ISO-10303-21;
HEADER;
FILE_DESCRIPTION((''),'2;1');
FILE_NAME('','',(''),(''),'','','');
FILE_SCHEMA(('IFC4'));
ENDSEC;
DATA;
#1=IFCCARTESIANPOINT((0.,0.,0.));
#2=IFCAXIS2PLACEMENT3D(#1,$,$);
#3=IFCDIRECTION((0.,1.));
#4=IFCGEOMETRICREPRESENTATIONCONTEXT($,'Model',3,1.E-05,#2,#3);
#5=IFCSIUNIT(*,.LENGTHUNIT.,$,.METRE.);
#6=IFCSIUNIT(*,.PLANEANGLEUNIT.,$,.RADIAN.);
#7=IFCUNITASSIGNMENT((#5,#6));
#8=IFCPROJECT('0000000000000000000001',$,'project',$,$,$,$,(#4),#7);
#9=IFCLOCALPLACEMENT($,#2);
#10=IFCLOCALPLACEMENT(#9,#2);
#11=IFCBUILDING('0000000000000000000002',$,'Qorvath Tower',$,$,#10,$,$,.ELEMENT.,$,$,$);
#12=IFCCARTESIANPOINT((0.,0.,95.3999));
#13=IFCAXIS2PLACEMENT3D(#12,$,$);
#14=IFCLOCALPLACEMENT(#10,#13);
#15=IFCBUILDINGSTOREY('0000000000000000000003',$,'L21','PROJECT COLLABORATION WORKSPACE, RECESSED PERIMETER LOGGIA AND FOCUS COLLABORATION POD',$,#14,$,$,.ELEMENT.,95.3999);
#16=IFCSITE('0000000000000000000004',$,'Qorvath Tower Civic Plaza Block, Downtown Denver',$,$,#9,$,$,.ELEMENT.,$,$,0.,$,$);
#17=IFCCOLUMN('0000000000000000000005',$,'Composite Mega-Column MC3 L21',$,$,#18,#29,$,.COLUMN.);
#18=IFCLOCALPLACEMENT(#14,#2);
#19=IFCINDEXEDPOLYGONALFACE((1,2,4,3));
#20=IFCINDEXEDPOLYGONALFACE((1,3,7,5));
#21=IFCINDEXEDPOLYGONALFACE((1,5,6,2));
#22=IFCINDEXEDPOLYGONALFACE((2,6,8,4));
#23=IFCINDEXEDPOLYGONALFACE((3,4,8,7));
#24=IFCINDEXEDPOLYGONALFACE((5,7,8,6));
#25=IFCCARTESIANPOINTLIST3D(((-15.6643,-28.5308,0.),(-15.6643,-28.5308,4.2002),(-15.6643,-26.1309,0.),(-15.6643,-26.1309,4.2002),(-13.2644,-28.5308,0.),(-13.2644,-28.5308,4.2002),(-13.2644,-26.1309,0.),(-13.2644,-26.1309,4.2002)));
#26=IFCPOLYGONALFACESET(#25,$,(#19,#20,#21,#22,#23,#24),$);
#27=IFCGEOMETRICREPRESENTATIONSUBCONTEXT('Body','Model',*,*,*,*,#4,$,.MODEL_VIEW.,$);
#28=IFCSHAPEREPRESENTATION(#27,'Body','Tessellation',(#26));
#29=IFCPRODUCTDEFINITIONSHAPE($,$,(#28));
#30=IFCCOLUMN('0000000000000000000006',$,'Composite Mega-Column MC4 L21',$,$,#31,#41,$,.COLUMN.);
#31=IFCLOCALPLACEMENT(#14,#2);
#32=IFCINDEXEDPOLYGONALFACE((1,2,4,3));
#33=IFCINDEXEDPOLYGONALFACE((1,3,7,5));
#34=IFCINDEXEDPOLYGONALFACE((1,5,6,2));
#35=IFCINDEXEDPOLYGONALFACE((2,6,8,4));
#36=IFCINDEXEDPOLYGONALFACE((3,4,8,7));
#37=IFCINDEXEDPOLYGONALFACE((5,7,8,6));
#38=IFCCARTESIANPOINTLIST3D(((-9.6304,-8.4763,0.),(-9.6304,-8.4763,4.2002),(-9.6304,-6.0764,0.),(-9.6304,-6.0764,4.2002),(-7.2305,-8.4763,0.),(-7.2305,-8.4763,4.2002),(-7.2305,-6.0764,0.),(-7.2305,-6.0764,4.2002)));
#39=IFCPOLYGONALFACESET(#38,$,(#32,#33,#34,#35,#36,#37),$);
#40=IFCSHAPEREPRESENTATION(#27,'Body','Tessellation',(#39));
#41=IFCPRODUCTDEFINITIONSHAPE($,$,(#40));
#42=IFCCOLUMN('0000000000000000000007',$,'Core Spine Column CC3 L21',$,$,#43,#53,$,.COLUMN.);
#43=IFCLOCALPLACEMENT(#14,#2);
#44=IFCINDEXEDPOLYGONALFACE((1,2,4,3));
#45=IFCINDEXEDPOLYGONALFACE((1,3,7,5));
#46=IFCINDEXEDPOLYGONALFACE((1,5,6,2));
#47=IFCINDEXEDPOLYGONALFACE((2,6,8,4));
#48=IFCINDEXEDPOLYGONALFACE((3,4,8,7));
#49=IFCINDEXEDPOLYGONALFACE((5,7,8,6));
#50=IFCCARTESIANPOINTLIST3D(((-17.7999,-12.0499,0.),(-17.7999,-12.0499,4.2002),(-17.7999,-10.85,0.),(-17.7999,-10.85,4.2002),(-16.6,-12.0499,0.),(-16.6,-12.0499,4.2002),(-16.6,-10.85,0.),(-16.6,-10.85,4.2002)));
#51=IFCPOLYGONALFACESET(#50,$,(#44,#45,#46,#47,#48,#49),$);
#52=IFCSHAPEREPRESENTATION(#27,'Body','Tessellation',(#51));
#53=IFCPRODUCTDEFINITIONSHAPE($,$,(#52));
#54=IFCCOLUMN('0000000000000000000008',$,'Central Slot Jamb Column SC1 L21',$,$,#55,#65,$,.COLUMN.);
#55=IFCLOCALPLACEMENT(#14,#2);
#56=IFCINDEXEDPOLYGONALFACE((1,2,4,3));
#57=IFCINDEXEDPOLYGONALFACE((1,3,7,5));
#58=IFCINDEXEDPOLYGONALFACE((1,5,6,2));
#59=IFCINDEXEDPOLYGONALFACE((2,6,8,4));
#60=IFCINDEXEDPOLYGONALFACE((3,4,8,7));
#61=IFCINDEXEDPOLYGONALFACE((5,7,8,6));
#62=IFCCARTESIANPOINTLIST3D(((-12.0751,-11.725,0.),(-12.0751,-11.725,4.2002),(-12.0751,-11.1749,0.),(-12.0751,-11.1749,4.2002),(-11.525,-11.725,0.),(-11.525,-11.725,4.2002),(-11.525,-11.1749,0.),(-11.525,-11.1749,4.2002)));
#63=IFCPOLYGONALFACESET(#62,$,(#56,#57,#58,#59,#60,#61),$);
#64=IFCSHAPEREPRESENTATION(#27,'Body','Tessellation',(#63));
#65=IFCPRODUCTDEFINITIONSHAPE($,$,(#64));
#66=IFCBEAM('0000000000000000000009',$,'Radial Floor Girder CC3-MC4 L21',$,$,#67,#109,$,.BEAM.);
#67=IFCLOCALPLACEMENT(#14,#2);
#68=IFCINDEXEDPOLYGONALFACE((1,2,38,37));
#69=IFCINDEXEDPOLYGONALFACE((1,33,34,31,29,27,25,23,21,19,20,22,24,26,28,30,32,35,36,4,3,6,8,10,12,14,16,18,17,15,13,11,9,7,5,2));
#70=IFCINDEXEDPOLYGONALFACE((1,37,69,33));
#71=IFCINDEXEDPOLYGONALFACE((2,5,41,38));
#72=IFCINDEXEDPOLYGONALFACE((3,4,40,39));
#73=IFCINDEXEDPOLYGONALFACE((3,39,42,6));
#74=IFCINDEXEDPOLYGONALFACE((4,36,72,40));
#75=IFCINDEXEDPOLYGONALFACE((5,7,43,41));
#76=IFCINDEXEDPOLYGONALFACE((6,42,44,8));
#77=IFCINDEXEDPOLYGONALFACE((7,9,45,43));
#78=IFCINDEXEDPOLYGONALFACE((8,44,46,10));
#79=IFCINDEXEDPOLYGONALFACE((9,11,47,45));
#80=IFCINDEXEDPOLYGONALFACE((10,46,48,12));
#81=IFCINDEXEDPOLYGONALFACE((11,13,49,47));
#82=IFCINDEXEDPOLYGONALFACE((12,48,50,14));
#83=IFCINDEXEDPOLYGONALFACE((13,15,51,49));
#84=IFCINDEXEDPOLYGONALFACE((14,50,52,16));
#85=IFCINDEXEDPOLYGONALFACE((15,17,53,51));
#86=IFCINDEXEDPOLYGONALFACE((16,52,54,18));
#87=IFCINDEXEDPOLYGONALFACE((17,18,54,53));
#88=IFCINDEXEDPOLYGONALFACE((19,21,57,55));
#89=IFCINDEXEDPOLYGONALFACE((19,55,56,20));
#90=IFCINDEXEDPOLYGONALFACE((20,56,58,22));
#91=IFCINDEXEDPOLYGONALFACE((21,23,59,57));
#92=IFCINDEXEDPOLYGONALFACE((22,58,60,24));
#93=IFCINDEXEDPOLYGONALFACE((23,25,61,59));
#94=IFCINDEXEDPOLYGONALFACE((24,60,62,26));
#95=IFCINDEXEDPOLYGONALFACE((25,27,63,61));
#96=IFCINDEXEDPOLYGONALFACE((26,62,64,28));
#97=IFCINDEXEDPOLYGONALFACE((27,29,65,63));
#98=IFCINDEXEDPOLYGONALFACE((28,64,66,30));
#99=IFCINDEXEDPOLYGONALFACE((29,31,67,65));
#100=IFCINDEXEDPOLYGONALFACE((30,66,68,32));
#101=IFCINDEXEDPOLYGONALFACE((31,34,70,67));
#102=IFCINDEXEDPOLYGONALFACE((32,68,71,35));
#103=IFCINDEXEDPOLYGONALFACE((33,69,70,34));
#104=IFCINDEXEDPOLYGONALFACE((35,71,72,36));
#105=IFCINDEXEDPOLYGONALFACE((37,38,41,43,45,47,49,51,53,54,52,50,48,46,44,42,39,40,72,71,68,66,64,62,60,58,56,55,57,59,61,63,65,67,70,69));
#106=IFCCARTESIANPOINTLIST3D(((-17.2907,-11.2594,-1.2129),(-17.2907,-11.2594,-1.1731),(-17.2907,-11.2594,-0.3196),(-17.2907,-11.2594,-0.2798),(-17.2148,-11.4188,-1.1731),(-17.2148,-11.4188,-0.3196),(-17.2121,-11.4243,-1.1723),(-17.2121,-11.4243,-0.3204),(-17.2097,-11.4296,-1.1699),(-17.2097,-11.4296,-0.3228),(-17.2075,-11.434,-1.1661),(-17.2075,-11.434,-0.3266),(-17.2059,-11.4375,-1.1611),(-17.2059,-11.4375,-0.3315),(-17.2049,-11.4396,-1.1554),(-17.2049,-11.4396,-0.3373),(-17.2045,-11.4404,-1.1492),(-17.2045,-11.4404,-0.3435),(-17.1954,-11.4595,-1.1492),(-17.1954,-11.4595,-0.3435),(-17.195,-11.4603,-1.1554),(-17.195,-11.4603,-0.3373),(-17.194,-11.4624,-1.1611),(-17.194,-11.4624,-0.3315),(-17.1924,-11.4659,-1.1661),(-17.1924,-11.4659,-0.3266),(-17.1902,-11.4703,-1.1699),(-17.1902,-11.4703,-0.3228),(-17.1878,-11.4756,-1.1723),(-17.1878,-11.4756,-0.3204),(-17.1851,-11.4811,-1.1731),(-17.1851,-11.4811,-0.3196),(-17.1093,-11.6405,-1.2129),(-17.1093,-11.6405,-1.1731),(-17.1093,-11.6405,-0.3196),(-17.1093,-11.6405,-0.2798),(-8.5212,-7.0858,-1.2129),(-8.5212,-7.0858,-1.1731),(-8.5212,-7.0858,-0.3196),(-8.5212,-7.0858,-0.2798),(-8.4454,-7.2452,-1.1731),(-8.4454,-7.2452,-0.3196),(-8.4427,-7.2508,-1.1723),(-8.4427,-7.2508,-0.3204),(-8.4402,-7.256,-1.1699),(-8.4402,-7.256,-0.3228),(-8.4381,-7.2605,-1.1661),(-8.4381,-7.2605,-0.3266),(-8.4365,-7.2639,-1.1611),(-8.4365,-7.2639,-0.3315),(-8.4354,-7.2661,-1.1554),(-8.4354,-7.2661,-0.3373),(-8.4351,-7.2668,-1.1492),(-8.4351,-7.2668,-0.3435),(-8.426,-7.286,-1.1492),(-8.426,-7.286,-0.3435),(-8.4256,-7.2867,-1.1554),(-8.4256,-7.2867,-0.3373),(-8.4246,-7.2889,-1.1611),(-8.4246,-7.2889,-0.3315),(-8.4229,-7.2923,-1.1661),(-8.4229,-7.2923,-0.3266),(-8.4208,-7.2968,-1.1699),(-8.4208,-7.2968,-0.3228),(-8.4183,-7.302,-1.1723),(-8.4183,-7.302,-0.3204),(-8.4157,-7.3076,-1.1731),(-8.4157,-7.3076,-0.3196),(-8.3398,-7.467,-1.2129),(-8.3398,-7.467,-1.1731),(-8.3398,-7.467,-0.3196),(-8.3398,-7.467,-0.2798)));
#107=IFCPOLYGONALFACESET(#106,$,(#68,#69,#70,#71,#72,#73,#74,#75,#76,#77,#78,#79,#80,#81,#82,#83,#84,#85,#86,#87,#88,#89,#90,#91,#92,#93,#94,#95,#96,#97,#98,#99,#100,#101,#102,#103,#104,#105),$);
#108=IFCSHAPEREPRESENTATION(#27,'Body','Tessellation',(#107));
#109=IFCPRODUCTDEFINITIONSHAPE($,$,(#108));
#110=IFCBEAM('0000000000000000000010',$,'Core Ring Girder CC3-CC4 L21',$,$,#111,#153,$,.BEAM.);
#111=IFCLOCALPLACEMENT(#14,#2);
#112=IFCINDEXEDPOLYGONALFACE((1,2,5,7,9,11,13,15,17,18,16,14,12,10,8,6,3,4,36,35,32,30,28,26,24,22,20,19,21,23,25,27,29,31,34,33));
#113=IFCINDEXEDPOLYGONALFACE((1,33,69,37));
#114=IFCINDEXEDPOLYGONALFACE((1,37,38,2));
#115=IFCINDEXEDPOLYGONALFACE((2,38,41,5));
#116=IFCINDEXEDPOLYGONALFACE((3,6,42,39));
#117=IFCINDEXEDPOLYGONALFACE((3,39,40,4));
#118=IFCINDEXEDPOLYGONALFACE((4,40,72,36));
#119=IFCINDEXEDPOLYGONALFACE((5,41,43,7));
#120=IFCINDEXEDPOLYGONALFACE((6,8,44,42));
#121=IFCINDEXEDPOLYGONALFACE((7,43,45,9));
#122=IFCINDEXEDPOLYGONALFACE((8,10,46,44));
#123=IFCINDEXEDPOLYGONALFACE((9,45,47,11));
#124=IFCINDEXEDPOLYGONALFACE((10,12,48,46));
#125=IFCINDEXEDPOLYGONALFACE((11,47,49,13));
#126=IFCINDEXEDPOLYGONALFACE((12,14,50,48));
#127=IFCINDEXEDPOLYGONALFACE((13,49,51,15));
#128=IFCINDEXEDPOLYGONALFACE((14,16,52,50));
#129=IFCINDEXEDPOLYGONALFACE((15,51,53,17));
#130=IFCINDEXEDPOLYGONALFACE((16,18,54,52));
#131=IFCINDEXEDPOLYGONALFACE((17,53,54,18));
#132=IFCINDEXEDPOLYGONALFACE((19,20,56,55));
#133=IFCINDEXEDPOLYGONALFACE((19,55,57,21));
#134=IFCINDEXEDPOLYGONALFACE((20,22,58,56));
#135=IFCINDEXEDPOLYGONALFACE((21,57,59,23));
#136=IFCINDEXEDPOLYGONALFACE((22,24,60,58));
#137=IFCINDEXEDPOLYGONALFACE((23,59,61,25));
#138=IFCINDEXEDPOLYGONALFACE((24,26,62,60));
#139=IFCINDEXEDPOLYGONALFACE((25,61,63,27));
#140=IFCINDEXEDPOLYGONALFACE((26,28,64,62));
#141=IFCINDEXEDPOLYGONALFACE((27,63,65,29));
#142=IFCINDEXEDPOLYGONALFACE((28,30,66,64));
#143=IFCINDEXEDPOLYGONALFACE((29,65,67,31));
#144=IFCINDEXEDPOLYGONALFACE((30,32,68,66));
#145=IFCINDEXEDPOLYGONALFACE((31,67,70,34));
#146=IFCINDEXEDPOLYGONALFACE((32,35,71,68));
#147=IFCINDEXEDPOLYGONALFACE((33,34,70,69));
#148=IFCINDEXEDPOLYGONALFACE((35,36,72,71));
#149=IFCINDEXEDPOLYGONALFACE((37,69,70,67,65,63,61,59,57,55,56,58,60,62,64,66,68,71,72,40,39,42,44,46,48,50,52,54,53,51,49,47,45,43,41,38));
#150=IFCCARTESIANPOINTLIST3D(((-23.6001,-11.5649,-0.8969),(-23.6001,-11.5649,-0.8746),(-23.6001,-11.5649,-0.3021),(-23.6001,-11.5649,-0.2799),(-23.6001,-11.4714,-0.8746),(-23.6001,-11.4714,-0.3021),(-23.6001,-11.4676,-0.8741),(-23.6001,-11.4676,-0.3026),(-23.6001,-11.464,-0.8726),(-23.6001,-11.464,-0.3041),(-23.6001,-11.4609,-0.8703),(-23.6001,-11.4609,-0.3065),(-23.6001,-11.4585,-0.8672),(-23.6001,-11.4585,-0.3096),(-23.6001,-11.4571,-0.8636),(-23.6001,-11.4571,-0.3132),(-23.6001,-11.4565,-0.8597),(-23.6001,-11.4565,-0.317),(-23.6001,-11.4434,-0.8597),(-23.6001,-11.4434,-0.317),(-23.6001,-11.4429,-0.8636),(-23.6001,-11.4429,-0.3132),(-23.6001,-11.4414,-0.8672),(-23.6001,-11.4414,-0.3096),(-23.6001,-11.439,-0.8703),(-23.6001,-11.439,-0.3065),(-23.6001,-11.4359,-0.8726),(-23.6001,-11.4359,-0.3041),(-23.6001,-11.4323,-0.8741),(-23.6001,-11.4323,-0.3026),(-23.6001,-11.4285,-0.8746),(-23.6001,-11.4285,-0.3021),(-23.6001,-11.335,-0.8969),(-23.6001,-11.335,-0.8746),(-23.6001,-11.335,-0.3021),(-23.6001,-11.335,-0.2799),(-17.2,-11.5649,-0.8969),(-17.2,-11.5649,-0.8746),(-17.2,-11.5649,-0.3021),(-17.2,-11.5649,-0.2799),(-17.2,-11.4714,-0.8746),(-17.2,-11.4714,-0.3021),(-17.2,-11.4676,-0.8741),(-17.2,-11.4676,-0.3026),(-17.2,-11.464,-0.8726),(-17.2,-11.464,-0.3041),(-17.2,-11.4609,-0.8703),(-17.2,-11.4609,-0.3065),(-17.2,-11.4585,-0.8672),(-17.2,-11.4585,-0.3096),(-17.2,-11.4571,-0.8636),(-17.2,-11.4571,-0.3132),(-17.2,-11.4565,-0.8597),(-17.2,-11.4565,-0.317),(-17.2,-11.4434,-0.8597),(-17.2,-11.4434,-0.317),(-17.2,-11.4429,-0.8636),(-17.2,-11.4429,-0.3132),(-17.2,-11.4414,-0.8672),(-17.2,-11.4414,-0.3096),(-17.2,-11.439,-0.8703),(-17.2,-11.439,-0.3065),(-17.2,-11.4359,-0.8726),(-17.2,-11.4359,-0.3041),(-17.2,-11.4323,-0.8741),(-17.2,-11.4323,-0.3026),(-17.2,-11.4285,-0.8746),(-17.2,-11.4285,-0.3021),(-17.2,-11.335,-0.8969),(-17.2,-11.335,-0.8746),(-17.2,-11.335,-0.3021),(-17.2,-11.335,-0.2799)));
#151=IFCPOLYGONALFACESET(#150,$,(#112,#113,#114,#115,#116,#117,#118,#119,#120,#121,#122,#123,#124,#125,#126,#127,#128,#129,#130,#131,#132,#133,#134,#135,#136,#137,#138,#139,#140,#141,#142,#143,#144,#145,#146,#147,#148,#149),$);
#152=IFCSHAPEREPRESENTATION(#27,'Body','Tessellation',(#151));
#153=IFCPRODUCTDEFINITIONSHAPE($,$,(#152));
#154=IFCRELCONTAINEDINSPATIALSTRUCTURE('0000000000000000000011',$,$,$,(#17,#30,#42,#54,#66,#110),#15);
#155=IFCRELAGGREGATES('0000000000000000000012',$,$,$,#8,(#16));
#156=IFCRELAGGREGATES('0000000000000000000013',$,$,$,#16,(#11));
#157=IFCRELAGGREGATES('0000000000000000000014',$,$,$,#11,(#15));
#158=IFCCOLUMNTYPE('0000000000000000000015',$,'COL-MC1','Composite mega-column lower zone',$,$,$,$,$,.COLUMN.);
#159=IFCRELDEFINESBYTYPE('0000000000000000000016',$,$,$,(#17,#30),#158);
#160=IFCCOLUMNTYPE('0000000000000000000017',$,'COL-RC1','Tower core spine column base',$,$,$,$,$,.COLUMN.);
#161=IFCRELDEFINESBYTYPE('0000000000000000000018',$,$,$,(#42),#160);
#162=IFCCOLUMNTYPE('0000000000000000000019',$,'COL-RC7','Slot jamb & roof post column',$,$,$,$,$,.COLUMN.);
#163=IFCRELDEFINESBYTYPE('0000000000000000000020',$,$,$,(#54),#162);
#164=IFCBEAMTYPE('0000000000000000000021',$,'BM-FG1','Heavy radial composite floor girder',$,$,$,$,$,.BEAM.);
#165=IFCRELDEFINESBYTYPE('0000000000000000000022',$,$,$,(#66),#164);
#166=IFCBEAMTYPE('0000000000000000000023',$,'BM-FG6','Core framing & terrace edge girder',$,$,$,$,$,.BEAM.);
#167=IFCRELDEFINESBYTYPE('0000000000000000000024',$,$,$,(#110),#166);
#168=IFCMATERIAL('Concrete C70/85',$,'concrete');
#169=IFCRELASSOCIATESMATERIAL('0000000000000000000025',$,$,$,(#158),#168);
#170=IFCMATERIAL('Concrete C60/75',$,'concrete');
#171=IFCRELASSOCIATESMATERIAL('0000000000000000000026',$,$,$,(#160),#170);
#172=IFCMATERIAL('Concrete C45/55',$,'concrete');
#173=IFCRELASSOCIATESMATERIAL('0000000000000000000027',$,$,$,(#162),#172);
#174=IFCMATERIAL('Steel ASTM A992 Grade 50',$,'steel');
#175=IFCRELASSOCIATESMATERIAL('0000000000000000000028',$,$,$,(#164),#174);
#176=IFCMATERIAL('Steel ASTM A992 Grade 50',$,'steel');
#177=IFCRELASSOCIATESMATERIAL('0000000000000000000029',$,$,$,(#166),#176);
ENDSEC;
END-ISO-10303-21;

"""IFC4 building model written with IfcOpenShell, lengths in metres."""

from ifc_helpers import new_model, si_unit, direction, frame, origin, origin_2d, place, context, subcontext, project, spatial, rectangle, i_section, extrude, material, material_profile, profile_set, type_object, element, save


model = new_model("IFC4")

# Units and contexts
model_context = context("Model", 3, precision=1e-05, world=origin(), true_north=direction((0.0, 1.0)))
body_context = subcontext(model_context, "Body", "Model", "MODEL_VIEW")
ifc_project = project(units=[si_unit("LENGTHUNIT", "METRE"), si_unit("PLANEANGLEUNIT", "RADIAN")], contexts=[model_context])

# Site, building, storey
site_placement = place(None, origin())
site = spatial("IfcSite", under=ifc_project, at=site_placement, Name="Qorvath Tower Civic Plaza Block, Downtown Denver", CompositionType="ELEMENT", RefElevation=0.0)
building_placement = place(site_placement, origin())
building = spatial("IfcBuilding", under=site, at=building_placement, Name="Qorvath Tower", CompositionType="ELEMENT")
storey_placement = place(building_placement, frame((0.0, 0.0, 95.3999)))
storey = spatial("IfcBuildingStorey", under=building, at=storey_placement, Name="L21", Description="PROJECT COLLABORATION WORKSPACE, RECESSED PERIMETER LOGGIA AND FOCUS COLLABORATION POD", CompositionType="ELEMENT", Elevation=95.3999)

# Columns
ifc_material_1 = material(Name="Concrete C70/85", Category="concrete")
ifc_material_profile_1 = material_profile(ifc_material_1, rectangle(XDim=2.3999, YDim=2.3999, at=origin_2d()), Name="MC 2400x2400")
ifc_profile_set_1 = profile_set([ifc_material_profile_1], Name="Concrete C70/85")
column_type_1 = type_object("IfcColumnType", Name="COL-MC1", Description="Composite mega-column lower zone", PredefinedType="COLUMN", material=ifc_profile_set_1)
for number, where, z_axis, x_axis, name in (
    (1, (-14.4644, -27.3308, 0.0), (0.0, 0.0, 1.0), (1.0, 0.0, 0.0), "Composite Mega-Column MC3 L21"),
    (2, (-8.4304, -7.2764, 0.0), (0.0, 0.0, 1.0), (1.0, 0.0, 0.0), "Composite Mega-Column MC4 L21"),
):
    element("IfcColumn", number, at=place(storey_placement, frame(where, z_axis=z_axis, x_axis=x_axis)), inside=storey, type_object=column_type_1, Name=name, PredefinedType="COLUMN", context=body_context, shape_type="SweptSolid", body=[
        extrude(rectangle(XDim=2.3999, YDim=2.3999, at=origin_2d()), origin(), (0.0, 0.0, 1.0), 4.2002),
    ])
ifc_material_2 = material(Name="Concrete C60/75", Category="concrete")
ifc_material_profile_2 = material_profile(ifc_material_2, rectangle(XDim=1.2, YDim=1.2, at=origin_2d()), Name="RC 1200x1200")
ifc_profile_set_2 = profile_set([ifc_material_profile_2], Name="Concrete C60/75")
column_type_2 = type_object("IfcColumnType", Name="COL-RC1", Description="Tower core spine column base", PredefinedType="COLUMN", material=ifc_profile_set_2)
column_1_placement = place(storey_placement, frame((-17.2, -11.45, 0.0), z_axis=(0.0, 0.0, 1.0), x_axis=(1.0, 0.0, 0.0)))
element("IfcColumn", 3, at=column_1_placement, inside=storey, type_object=column_type_2, Name="Core Spine Column CC3 L21", PredefinedType="COLUMN", context=body_context, shape_type="SweptSolid", body=[
    extrude(rectangle(XDim=1.2, YDim=1.2, at=origin_2d()), origin(), (0.0, 0.0, 1.0), 4.2002),
])
ifc_material_3 = material(Name="Concrete C45/55", Category="concrete")
ifc_material_profile_3 = material_profile(ifc_material_3, rectangle(XDim=0.55, YDim=0.55, at=origin_2d()), Name="RC 550x550")
ifc_profile_set_3 = profile_set([ifc_material_profile_3], Name="Concrete C45/55")
column_type_3 = type_object("IfcColumnType", Name="COL-RC7", Description="Slot jamb & roof post column", PredefinedType="COLUMN", material=ifc_profile_set_3)
column_2_placement = place(storey_placement, frame((-11.8, -11.45, 0.0), z_axis=(0.0, 0.0, 1.0), x_axis=(1.0, 0.0, 0.0)))
element("IfcColumn", 4, at=column_2_placement, inside=storey, type_object=column_type_3, Name="Central Slot Jamb Column SC1 L21", PredefinedType="COLUMN", context=body_context, shape_type="SweptSolid", body=[
    extrude(rectangle(XDim=0.55, YDim=0.55, at=origin_2d()), origin(), (0.0, 0.0, 1.0), 4.2002),
])

# Beams
ifc_material_4 = material(Name="Steel ASTM A992 Grade 50", Category="steel")
ifc_material_profile_4 = material_profile(ifc_material_4, i_section(OverallWidth=0.4221, OverallDepth=0.9331, WebThickness=0.0212, FlangeThickness=0.0398, FilletRadius=0.0239, at=origin_2d()), Name="W36x262")
ifc_profile_set_4 = profile_set([ifc_material_profile_4], Name="Steel ASTM A992 Grade 50")
beam_type_1 = type_object("IfcBeamType", Name="BM-FG1", Description="Heavy radial composite floor girder", PredefinedType="BEAM", material=ifc_profile_set_4)
beam_1_placement = place(storey_placement, frame((-17.2, -11.45, -0.7463), z_axis=(0.902956, 0.429734, 0.0), x_axis=(-0.429734, 0.902956, 0.0)))
element("IfcBeam", 5, at=beam_1_placement, inside=storey, type_object=beam_type_1, Name="Radial Floor Girder CC3-MC4 L21", PredefinedType="BEAM", context=body_context, shape_type="SweptSolid", body=[
    extrude(i_section(OverallWidth=0.4221, OverallDepth=0.9331, WebThickness=0.0212, FlangeThickness=0.0398, FilletRadius=0.0239, at=origin_2d()), origin(), (0.0, 0.0, 1.0), 9.7119),
])
ifc_material_5 = material(Name="Steel ASTM A992 Grade 50", Category="steel")
ifc_material_profile_5 = material_profile(ifc_material_5, i_section(OverallWidth=0.23, OverallDepth=0.6169, WebThickness=0.0132, FlangeThickness=0.0222, FilletRadius=0.0149, at=origin_2d()), Name="W24x94")
ifc_profile_set_5 = profile_set([ifc_material_profile_5], Name="Steel ASTM A992 Grade 50")
beam_type_2 = type_object("IfcBeamType", Name="BM-FG6", Description="Core framing & terrace edge girder", PredefinedType="BEAM", material=ifc_profile_set_5)
beam_2_placement = place(storey_placement, frame((-17.2, -11.45, -0.5884), z_axis=(-1.0, 0.0, 0.0), x_axis=(0.0, -1.0, 0.0)))
element("IfcBeam", 6, at=beam_2_placement, inside=storey, type_object=beam_type_2, Name="Core Ring Girder CC3-CC4 L21", PredefinedType="BEAM", context=body_context, shape_type="SweptSolid", body=[
    extrude(i_section(OverallWidth=0.23, OverallDepth=0.6169, WebThickness=0.0132, FlangeThickness=0.0222, FilletRadius=0.0149, at=origin_2d()), origin(), (0.0, 0.0, 1.0), 6.4001),
])

save(model, "model.ifc")
